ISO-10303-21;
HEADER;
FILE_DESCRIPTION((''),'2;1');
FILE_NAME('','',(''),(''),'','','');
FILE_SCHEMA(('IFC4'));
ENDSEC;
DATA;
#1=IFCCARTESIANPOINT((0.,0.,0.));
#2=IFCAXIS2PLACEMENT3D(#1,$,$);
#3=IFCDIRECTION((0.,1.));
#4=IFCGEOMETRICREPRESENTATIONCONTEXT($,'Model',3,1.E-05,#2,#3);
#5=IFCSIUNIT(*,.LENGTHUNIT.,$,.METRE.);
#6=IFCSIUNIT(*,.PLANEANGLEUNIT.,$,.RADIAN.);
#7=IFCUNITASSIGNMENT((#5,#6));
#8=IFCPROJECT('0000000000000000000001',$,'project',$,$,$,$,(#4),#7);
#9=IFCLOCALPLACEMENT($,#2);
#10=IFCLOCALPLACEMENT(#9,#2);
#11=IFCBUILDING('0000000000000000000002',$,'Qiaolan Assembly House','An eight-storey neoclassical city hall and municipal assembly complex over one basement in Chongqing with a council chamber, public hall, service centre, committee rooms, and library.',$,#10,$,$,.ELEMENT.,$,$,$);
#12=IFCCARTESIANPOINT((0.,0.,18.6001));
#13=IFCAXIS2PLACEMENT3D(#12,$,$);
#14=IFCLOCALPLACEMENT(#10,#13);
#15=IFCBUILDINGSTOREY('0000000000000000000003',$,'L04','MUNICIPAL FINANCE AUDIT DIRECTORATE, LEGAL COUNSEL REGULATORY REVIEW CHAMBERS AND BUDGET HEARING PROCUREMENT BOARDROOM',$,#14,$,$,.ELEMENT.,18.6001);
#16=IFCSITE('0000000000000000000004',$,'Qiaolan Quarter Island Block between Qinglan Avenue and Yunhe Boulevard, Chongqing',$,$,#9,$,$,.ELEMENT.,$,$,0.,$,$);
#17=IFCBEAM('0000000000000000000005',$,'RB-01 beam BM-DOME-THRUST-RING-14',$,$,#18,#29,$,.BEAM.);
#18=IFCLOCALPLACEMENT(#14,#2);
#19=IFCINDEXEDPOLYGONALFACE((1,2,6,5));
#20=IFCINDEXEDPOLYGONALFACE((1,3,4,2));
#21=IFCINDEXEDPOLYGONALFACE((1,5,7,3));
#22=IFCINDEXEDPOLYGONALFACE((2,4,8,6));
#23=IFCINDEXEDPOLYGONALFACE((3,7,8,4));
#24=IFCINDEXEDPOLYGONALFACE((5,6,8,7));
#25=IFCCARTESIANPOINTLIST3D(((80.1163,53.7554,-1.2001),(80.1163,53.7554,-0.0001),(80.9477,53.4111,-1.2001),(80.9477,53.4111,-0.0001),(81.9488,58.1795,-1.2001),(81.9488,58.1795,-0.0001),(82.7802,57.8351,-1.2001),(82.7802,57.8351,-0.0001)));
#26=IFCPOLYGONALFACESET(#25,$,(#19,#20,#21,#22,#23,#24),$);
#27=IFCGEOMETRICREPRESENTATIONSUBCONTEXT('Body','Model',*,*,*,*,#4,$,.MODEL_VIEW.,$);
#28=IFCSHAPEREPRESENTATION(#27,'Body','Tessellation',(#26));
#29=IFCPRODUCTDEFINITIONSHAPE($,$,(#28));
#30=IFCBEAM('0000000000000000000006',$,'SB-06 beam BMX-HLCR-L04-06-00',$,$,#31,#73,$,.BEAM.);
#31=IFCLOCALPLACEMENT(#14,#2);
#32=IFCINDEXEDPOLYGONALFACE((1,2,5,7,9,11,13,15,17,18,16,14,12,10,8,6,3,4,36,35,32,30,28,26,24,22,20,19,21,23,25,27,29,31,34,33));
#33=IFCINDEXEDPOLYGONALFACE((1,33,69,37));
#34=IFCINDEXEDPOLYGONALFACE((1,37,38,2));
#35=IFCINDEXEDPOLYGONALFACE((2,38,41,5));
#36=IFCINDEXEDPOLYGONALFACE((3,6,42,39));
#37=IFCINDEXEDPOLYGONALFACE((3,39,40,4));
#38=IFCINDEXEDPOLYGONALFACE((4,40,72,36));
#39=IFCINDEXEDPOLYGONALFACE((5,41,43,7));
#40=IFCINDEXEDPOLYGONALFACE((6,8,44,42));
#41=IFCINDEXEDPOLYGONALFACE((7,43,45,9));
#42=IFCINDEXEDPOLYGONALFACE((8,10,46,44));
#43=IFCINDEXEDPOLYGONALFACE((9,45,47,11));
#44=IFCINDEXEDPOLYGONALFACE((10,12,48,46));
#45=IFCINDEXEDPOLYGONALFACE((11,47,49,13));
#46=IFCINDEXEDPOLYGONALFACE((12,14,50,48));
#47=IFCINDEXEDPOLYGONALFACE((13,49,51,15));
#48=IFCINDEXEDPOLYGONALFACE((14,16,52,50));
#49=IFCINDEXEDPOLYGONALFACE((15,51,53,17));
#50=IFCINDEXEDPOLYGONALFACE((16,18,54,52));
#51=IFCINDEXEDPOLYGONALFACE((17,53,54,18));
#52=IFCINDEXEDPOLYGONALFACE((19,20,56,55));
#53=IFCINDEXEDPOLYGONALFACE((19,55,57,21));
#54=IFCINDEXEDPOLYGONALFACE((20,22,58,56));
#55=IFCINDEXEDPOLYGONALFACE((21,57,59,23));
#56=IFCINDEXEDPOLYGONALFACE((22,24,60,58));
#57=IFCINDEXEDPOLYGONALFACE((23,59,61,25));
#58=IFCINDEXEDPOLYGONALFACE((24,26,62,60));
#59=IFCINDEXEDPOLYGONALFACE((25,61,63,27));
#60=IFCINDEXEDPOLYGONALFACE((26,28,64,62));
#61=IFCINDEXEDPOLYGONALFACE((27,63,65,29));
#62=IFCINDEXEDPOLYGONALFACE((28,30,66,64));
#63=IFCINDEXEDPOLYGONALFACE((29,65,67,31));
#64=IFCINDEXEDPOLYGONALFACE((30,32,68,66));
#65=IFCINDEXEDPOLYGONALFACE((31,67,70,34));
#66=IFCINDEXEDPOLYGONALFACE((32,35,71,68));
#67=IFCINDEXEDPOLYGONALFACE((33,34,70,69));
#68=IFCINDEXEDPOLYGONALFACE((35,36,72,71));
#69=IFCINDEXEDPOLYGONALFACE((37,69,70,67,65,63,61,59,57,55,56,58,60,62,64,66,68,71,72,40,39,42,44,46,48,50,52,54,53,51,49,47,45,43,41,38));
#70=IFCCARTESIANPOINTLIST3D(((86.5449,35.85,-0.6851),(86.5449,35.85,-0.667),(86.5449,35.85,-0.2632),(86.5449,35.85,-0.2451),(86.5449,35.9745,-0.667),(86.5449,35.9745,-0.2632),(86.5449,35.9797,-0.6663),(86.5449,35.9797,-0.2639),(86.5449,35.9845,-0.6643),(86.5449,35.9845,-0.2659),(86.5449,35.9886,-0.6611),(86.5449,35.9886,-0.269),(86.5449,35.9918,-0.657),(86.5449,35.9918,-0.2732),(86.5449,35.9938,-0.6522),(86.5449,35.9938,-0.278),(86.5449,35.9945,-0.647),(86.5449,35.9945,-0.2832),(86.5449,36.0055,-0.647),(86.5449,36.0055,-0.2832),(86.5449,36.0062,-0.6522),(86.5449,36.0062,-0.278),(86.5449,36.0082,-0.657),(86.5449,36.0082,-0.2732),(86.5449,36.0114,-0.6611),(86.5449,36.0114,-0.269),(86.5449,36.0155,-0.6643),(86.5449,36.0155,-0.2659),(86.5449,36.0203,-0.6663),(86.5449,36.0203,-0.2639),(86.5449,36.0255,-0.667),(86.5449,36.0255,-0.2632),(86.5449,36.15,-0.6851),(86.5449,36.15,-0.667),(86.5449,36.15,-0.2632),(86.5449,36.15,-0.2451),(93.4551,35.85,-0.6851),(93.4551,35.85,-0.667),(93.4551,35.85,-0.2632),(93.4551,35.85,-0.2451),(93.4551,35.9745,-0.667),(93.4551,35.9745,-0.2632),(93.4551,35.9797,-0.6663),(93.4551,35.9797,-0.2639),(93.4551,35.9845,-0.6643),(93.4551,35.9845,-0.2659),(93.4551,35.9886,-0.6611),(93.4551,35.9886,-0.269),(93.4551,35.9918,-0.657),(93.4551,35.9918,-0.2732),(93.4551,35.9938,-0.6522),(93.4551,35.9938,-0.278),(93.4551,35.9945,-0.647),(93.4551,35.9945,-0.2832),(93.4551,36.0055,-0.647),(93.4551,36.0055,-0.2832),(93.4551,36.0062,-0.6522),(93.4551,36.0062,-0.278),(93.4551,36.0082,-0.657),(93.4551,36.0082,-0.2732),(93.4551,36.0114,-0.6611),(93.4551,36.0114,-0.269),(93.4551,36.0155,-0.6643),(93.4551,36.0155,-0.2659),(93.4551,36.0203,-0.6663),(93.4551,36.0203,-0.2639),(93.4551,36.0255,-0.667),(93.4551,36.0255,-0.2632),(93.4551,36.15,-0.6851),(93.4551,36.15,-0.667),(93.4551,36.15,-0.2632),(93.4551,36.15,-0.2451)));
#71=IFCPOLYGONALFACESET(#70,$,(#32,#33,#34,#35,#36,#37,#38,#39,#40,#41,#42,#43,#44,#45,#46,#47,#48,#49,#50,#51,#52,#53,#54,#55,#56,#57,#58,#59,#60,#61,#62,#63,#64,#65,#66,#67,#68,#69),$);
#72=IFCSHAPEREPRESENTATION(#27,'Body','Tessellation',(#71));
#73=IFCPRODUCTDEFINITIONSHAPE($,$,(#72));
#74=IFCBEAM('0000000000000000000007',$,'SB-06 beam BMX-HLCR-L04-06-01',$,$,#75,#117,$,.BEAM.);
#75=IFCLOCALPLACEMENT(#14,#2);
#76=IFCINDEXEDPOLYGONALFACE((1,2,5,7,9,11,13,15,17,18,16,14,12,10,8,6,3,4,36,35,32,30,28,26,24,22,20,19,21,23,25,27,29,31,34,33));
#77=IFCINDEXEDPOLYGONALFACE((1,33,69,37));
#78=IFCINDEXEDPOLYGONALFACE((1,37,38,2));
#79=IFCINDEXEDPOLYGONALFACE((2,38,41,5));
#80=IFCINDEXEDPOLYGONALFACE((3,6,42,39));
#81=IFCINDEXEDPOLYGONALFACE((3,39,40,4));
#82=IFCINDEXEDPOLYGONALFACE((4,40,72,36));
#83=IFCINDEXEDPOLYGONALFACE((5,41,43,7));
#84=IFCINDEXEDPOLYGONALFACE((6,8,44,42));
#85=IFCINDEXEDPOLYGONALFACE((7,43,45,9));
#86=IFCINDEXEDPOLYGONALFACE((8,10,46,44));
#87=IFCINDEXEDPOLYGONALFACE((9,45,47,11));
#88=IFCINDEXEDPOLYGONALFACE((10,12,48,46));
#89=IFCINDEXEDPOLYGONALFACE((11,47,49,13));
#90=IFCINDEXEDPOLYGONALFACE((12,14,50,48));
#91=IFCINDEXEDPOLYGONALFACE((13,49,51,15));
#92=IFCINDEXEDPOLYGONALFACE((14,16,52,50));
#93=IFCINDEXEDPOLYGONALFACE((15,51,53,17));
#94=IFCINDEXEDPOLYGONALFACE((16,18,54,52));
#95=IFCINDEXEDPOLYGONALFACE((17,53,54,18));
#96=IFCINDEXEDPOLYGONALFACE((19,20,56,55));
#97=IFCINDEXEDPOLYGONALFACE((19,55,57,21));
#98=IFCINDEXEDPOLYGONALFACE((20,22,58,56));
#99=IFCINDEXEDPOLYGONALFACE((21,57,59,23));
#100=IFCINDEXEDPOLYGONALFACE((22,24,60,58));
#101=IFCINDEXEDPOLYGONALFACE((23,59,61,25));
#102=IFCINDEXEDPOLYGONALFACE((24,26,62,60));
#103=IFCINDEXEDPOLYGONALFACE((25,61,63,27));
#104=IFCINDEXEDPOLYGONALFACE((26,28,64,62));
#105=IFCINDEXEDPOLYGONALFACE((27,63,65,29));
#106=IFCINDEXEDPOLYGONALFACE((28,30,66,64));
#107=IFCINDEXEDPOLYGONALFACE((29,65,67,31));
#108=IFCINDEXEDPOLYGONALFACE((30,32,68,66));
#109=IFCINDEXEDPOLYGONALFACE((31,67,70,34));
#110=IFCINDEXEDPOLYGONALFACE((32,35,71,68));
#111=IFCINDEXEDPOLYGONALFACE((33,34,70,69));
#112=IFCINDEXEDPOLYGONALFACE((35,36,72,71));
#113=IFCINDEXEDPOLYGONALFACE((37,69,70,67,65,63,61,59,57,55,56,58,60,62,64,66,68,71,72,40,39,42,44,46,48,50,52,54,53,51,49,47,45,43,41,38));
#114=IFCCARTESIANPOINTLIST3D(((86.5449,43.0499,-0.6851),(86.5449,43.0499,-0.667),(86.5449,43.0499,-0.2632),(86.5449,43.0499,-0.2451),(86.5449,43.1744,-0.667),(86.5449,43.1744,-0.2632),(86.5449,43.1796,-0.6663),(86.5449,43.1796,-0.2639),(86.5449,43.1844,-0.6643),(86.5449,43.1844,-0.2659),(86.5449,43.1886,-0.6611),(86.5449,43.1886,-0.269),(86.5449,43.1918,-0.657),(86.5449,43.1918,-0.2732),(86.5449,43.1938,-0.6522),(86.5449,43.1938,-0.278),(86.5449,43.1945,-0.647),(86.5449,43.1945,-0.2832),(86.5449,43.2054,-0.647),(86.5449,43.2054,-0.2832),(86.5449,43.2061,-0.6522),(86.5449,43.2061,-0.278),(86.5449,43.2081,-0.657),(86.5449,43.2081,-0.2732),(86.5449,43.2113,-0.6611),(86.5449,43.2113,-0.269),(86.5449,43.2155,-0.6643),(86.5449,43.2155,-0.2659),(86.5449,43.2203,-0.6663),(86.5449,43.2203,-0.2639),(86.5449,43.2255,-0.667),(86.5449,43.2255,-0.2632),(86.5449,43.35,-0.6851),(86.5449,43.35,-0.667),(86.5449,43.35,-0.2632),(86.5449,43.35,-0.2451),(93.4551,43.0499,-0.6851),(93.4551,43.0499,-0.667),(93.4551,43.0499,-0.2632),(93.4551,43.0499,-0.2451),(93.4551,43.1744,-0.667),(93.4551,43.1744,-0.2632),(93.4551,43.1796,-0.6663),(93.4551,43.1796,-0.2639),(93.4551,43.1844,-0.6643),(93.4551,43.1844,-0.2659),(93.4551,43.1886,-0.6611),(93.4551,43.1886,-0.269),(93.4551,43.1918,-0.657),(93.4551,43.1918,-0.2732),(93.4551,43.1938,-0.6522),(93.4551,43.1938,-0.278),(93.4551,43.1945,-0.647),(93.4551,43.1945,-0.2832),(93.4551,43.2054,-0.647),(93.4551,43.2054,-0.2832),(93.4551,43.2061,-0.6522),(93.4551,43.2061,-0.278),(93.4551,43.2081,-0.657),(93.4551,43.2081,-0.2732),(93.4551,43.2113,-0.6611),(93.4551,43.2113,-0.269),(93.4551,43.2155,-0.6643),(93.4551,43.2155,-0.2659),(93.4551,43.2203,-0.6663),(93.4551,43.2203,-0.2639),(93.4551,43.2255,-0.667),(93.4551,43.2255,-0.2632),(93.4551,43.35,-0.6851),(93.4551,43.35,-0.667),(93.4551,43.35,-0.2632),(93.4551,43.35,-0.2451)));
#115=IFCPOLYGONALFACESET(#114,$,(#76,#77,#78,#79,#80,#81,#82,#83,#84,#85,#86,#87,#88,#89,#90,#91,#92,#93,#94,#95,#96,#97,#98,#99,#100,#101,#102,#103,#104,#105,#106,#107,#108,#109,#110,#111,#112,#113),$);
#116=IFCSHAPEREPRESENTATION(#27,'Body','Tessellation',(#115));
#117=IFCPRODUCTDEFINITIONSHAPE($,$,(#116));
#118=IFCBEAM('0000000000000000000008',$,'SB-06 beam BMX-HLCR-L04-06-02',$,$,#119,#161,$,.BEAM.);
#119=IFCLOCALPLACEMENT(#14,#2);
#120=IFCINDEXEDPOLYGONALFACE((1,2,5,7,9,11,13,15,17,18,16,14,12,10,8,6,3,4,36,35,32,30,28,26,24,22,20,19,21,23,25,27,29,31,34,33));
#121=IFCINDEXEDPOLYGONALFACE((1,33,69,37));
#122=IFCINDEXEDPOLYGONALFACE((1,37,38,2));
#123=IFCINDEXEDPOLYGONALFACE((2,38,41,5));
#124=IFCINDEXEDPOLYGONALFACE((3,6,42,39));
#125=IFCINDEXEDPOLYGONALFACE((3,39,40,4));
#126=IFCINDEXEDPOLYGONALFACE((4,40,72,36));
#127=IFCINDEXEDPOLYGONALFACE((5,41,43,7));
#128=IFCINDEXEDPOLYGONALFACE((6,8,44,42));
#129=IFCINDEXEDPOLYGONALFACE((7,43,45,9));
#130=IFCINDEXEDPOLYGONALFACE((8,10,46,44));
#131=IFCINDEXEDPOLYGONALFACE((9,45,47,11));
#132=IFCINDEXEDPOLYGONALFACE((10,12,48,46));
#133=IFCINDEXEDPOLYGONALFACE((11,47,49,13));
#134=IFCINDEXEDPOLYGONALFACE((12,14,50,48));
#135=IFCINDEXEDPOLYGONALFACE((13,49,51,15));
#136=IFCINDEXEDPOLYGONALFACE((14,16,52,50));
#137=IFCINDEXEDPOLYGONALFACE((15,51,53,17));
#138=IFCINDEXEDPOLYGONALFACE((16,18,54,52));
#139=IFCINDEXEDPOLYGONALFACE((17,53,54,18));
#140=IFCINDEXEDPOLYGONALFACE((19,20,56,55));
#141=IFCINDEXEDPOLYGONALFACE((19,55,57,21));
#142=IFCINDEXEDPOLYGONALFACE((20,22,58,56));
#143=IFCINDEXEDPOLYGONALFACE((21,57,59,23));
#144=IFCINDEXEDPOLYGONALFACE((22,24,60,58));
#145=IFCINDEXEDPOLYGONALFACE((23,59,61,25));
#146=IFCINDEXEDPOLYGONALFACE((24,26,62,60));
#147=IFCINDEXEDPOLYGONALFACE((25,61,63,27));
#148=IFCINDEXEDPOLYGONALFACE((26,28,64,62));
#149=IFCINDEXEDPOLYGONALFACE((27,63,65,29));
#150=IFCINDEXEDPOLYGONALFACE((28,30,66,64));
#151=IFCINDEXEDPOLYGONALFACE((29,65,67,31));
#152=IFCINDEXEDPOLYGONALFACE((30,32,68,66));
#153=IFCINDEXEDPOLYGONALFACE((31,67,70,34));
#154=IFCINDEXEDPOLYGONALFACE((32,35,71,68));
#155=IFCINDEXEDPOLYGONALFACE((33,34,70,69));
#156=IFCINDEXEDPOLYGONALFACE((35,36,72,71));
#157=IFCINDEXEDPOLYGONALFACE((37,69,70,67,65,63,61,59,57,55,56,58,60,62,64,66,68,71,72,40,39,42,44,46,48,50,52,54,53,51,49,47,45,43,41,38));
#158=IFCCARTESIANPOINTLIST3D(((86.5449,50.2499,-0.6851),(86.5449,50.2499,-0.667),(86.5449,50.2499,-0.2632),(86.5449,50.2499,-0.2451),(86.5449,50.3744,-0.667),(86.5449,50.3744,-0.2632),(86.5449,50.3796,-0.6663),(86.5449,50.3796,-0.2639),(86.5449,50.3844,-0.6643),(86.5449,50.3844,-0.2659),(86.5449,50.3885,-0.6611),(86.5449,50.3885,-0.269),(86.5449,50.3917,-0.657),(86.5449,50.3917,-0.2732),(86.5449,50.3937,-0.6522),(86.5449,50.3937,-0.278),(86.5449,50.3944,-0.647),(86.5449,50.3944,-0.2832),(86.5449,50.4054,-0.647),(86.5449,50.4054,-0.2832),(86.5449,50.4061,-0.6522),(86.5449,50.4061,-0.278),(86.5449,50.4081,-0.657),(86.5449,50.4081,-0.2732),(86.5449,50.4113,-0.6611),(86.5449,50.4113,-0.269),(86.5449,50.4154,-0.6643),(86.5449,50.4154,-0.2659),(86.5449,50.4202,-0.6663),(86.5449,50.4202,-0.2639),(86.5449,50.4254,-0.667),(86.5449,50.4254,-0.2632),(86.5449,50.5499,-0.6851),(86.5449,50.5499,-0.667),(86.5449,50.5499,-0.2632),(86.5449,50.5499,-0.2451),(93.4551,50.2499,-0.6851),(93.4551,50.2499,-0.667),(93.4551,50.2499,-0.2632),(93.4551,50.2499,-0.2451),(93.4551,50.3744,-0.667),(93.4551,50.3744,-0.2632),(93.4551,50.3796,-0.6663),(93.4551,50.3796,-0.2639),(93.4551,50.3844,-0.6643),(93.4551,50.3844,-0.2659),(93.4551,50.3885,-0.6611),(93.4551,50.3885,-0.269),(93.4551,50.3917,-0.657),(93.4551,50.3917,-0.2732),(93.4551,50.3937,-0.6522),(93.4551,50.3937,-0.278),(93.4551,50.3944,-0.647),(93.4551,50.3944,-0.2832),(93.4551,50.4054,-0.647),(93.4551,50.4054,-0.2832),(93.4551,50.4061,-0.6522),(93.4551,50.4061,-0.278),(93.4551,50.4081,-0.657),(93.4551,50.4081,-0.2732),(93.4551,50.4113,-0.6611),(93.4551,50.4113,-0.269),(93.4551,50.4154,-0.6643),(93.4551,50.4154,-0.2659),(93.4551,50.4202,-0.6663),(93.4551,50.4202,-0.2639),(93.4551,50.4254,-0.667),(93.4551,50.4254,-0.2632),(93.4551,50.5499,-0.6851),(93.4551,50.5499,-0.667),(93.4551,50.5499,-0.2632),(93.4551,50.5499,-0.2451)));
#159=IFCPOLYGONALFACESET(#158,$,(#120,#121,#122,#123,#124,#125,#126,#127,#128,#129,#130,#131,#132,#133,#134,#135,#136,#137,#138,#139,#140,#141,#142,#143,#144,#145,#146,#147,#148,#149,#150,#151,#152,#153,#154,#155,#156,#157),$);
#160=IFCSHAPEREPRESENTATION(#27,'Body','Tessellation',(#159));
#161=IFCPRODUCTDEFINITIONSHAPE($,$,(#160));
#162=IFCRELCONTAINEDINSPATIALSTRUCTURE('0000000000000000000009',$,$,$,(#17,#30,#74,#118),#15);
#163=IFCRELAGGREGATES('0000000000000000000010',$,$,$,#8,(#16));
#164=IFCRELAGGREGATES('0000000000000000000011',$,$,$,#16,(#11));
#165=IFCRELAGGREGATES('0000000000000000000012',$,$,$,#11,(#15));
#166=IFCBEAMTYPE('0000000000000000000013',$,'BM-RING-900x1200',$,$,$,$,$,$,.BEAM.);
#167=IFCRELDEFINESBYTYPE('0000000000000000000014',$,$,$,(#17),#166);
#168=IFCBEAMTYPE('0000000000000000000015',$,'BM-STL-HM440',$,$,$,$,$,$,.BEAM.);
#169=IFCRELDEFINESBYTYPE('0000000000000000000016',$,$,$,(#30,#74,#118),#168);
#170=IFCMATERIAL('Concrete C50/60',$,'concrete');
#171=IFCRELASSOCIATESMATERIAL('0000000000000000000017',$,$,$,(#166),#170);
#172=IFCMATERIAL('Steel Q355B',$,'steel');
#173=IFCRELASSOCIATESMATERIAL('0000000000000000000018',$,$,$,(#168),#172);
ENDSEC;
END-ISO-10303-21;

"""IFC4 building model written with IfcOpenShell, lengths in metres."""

from ifc_helpers import new_model, si_unit, direction, frame, origin, origin_2d, place, context, subcontext, project, spatial, rectangle, i_section, extrude, material, material_profile, profile_set, type_object, element, save


model = new_model("IFC4")

# Units and contexts
model_context = context("Model", 3, precision=1e-05, world=origin(), true_north=direction((0.0, 1.0)))
body_context = subcontext(model_context, "Body", "Model", "MODEL_VIEW")
ifc_project = project(units=[si_unit("LENGTHUNIT", "METRE"), si_unit("PLANEANGLEUNIT", "RADIAN")], contexts=[model_context])

# Site, building, storey
site_placement = place(None, origin())
site = spatial("IfcSite", under=ifc_project, at=site_placement, Name="Qiaolan Quarter Island Block between Qinglan Avenue and Yunhe Boulevard, Chongqing", CompositionType="ELEMENT", RefElevation=0.0)
building_placement = place(site_placement, origin())
building = spatial("IfcBuilding", under=site, at=building_placement, Name="Qiaolan Assembly House", Description="An eight-storey neoclassical city hall and municipal assembly complex over one basement in Chongqing with a council chamber, public hall, service centre, committee rooms, and library.", CompositionType="ELEMENT")
storey_placement = place(building_placement, frame((0.0, 0.0, 18.6001)))
storey = spatial("IfcBuildingStorey", under=building, at=storey_placement, Name="L04", Description="MUNICIPAL FINANCE AUDIT DIRECTORATE, LEGAL COUNSEL REGULATORY REVIEW CHAMBERS AND BUDGET HEARING PROCUREMENT BOARDROOM", CompositionType="ELEMENT", Elevation=18.6001)

# Beams
ifc_material_1 = material(Name="Concrete C50/60", Category="concrete")
ifc_material_profile_1 = material_profile(ifc_material_1, rectangle(XDim=0.8999, YDim=1.2, at=origin_2d()), Name="RCB 900x1200")
ifc_profile_set_1 = profile_set([ifc_material_profile_1], Name="Concrete C50/60")
beam_type_1 = type_object("IfcBeamType", Name="BM-RING-900x1200", PredefinedType="BEAM", material=ifc_profile_set_1)
beam_1_placement = place(storey_placement, frame((80.532, 53.5833, -0.6001), z_axis=(0.382685, 0.923879, 0.0), x_axis=(-0.923879, 0.382685, 0.0)))
element("IfcBeam", 1, at=beam_1_placement, inside=storey, type_object=beam_type_1, Name="RB-01 beam BM-DOME-THRUST-RING-14", PredefinedType="BEAM", context=body_context, shape_type="SweptSolid", body=[
    extrude(rectangle(XDim=0.8999, YDim=1.2, at=origin_2d()), origin(), (0.0, 0.0, 1.0), 4.7886),
])
ifc_material_2 = material(Name="Steel Q355B", Category="steel")
ifc_material_profile_2 = material_profile(ifc_material_2, i_section(OverallWidth=0.3, OverallDepth=0.4399, WebThickness=0.011, FlangeThickness=0.0181, FilletRadius=0.02, at=origin_2d()), Name="HM 440x300x11x18")
ifc_profile_set_2 = profile_set([ifc_material_profile_2], Name="Steel Q355B")
beam_type_2 = type_object("IfcBeamType", Name="BM-STL-HM440", PredefinedType="BEAM", material=ifc_profile_set_2)
for number, where, z_axis, x_axis, name in (
    (2, (86.5449, 36.0, -0.4651), (1.0, 0.0, 0.0), (0.0, 1.0, 0.0), "SB-06 beam BMX-HLCR-L04-06-00"),
    (3, (86.5449, 43.2, -0.4651), (1.0, 0.0, 0.0), (0.0, 1.0, 0.0), "SB-06 beam BMX-HLCR-L04-06-01"),
    (4, (86.5449, 50.3999, -0.4651), (1.0, 0.0, 0.0), (0.0, 1.0, 0.0), "SB-06 beam BMX-HLCR-L04-06-02"),
):
    element("IfcBeam", number, at=place(storey_placement, frame(where, z_axis=z_axis, x_axis=x_axis)), inside=storey, type_object=beam_type_2, Name=name, PredefinedType="BEAM", context=body_context, shape_type="SweptSolid", body=[
        extrude(i_section(OverallWidth=0.3, OverallDepth=0.4399, WebThickness=0.011, FlangeThickness=0.0181, FilletRadius=0.02, at=origin_2d()), origin(), (0.0, 0.0, 1.0), 6.9102),
    ])

save(model, "model.ifc")
